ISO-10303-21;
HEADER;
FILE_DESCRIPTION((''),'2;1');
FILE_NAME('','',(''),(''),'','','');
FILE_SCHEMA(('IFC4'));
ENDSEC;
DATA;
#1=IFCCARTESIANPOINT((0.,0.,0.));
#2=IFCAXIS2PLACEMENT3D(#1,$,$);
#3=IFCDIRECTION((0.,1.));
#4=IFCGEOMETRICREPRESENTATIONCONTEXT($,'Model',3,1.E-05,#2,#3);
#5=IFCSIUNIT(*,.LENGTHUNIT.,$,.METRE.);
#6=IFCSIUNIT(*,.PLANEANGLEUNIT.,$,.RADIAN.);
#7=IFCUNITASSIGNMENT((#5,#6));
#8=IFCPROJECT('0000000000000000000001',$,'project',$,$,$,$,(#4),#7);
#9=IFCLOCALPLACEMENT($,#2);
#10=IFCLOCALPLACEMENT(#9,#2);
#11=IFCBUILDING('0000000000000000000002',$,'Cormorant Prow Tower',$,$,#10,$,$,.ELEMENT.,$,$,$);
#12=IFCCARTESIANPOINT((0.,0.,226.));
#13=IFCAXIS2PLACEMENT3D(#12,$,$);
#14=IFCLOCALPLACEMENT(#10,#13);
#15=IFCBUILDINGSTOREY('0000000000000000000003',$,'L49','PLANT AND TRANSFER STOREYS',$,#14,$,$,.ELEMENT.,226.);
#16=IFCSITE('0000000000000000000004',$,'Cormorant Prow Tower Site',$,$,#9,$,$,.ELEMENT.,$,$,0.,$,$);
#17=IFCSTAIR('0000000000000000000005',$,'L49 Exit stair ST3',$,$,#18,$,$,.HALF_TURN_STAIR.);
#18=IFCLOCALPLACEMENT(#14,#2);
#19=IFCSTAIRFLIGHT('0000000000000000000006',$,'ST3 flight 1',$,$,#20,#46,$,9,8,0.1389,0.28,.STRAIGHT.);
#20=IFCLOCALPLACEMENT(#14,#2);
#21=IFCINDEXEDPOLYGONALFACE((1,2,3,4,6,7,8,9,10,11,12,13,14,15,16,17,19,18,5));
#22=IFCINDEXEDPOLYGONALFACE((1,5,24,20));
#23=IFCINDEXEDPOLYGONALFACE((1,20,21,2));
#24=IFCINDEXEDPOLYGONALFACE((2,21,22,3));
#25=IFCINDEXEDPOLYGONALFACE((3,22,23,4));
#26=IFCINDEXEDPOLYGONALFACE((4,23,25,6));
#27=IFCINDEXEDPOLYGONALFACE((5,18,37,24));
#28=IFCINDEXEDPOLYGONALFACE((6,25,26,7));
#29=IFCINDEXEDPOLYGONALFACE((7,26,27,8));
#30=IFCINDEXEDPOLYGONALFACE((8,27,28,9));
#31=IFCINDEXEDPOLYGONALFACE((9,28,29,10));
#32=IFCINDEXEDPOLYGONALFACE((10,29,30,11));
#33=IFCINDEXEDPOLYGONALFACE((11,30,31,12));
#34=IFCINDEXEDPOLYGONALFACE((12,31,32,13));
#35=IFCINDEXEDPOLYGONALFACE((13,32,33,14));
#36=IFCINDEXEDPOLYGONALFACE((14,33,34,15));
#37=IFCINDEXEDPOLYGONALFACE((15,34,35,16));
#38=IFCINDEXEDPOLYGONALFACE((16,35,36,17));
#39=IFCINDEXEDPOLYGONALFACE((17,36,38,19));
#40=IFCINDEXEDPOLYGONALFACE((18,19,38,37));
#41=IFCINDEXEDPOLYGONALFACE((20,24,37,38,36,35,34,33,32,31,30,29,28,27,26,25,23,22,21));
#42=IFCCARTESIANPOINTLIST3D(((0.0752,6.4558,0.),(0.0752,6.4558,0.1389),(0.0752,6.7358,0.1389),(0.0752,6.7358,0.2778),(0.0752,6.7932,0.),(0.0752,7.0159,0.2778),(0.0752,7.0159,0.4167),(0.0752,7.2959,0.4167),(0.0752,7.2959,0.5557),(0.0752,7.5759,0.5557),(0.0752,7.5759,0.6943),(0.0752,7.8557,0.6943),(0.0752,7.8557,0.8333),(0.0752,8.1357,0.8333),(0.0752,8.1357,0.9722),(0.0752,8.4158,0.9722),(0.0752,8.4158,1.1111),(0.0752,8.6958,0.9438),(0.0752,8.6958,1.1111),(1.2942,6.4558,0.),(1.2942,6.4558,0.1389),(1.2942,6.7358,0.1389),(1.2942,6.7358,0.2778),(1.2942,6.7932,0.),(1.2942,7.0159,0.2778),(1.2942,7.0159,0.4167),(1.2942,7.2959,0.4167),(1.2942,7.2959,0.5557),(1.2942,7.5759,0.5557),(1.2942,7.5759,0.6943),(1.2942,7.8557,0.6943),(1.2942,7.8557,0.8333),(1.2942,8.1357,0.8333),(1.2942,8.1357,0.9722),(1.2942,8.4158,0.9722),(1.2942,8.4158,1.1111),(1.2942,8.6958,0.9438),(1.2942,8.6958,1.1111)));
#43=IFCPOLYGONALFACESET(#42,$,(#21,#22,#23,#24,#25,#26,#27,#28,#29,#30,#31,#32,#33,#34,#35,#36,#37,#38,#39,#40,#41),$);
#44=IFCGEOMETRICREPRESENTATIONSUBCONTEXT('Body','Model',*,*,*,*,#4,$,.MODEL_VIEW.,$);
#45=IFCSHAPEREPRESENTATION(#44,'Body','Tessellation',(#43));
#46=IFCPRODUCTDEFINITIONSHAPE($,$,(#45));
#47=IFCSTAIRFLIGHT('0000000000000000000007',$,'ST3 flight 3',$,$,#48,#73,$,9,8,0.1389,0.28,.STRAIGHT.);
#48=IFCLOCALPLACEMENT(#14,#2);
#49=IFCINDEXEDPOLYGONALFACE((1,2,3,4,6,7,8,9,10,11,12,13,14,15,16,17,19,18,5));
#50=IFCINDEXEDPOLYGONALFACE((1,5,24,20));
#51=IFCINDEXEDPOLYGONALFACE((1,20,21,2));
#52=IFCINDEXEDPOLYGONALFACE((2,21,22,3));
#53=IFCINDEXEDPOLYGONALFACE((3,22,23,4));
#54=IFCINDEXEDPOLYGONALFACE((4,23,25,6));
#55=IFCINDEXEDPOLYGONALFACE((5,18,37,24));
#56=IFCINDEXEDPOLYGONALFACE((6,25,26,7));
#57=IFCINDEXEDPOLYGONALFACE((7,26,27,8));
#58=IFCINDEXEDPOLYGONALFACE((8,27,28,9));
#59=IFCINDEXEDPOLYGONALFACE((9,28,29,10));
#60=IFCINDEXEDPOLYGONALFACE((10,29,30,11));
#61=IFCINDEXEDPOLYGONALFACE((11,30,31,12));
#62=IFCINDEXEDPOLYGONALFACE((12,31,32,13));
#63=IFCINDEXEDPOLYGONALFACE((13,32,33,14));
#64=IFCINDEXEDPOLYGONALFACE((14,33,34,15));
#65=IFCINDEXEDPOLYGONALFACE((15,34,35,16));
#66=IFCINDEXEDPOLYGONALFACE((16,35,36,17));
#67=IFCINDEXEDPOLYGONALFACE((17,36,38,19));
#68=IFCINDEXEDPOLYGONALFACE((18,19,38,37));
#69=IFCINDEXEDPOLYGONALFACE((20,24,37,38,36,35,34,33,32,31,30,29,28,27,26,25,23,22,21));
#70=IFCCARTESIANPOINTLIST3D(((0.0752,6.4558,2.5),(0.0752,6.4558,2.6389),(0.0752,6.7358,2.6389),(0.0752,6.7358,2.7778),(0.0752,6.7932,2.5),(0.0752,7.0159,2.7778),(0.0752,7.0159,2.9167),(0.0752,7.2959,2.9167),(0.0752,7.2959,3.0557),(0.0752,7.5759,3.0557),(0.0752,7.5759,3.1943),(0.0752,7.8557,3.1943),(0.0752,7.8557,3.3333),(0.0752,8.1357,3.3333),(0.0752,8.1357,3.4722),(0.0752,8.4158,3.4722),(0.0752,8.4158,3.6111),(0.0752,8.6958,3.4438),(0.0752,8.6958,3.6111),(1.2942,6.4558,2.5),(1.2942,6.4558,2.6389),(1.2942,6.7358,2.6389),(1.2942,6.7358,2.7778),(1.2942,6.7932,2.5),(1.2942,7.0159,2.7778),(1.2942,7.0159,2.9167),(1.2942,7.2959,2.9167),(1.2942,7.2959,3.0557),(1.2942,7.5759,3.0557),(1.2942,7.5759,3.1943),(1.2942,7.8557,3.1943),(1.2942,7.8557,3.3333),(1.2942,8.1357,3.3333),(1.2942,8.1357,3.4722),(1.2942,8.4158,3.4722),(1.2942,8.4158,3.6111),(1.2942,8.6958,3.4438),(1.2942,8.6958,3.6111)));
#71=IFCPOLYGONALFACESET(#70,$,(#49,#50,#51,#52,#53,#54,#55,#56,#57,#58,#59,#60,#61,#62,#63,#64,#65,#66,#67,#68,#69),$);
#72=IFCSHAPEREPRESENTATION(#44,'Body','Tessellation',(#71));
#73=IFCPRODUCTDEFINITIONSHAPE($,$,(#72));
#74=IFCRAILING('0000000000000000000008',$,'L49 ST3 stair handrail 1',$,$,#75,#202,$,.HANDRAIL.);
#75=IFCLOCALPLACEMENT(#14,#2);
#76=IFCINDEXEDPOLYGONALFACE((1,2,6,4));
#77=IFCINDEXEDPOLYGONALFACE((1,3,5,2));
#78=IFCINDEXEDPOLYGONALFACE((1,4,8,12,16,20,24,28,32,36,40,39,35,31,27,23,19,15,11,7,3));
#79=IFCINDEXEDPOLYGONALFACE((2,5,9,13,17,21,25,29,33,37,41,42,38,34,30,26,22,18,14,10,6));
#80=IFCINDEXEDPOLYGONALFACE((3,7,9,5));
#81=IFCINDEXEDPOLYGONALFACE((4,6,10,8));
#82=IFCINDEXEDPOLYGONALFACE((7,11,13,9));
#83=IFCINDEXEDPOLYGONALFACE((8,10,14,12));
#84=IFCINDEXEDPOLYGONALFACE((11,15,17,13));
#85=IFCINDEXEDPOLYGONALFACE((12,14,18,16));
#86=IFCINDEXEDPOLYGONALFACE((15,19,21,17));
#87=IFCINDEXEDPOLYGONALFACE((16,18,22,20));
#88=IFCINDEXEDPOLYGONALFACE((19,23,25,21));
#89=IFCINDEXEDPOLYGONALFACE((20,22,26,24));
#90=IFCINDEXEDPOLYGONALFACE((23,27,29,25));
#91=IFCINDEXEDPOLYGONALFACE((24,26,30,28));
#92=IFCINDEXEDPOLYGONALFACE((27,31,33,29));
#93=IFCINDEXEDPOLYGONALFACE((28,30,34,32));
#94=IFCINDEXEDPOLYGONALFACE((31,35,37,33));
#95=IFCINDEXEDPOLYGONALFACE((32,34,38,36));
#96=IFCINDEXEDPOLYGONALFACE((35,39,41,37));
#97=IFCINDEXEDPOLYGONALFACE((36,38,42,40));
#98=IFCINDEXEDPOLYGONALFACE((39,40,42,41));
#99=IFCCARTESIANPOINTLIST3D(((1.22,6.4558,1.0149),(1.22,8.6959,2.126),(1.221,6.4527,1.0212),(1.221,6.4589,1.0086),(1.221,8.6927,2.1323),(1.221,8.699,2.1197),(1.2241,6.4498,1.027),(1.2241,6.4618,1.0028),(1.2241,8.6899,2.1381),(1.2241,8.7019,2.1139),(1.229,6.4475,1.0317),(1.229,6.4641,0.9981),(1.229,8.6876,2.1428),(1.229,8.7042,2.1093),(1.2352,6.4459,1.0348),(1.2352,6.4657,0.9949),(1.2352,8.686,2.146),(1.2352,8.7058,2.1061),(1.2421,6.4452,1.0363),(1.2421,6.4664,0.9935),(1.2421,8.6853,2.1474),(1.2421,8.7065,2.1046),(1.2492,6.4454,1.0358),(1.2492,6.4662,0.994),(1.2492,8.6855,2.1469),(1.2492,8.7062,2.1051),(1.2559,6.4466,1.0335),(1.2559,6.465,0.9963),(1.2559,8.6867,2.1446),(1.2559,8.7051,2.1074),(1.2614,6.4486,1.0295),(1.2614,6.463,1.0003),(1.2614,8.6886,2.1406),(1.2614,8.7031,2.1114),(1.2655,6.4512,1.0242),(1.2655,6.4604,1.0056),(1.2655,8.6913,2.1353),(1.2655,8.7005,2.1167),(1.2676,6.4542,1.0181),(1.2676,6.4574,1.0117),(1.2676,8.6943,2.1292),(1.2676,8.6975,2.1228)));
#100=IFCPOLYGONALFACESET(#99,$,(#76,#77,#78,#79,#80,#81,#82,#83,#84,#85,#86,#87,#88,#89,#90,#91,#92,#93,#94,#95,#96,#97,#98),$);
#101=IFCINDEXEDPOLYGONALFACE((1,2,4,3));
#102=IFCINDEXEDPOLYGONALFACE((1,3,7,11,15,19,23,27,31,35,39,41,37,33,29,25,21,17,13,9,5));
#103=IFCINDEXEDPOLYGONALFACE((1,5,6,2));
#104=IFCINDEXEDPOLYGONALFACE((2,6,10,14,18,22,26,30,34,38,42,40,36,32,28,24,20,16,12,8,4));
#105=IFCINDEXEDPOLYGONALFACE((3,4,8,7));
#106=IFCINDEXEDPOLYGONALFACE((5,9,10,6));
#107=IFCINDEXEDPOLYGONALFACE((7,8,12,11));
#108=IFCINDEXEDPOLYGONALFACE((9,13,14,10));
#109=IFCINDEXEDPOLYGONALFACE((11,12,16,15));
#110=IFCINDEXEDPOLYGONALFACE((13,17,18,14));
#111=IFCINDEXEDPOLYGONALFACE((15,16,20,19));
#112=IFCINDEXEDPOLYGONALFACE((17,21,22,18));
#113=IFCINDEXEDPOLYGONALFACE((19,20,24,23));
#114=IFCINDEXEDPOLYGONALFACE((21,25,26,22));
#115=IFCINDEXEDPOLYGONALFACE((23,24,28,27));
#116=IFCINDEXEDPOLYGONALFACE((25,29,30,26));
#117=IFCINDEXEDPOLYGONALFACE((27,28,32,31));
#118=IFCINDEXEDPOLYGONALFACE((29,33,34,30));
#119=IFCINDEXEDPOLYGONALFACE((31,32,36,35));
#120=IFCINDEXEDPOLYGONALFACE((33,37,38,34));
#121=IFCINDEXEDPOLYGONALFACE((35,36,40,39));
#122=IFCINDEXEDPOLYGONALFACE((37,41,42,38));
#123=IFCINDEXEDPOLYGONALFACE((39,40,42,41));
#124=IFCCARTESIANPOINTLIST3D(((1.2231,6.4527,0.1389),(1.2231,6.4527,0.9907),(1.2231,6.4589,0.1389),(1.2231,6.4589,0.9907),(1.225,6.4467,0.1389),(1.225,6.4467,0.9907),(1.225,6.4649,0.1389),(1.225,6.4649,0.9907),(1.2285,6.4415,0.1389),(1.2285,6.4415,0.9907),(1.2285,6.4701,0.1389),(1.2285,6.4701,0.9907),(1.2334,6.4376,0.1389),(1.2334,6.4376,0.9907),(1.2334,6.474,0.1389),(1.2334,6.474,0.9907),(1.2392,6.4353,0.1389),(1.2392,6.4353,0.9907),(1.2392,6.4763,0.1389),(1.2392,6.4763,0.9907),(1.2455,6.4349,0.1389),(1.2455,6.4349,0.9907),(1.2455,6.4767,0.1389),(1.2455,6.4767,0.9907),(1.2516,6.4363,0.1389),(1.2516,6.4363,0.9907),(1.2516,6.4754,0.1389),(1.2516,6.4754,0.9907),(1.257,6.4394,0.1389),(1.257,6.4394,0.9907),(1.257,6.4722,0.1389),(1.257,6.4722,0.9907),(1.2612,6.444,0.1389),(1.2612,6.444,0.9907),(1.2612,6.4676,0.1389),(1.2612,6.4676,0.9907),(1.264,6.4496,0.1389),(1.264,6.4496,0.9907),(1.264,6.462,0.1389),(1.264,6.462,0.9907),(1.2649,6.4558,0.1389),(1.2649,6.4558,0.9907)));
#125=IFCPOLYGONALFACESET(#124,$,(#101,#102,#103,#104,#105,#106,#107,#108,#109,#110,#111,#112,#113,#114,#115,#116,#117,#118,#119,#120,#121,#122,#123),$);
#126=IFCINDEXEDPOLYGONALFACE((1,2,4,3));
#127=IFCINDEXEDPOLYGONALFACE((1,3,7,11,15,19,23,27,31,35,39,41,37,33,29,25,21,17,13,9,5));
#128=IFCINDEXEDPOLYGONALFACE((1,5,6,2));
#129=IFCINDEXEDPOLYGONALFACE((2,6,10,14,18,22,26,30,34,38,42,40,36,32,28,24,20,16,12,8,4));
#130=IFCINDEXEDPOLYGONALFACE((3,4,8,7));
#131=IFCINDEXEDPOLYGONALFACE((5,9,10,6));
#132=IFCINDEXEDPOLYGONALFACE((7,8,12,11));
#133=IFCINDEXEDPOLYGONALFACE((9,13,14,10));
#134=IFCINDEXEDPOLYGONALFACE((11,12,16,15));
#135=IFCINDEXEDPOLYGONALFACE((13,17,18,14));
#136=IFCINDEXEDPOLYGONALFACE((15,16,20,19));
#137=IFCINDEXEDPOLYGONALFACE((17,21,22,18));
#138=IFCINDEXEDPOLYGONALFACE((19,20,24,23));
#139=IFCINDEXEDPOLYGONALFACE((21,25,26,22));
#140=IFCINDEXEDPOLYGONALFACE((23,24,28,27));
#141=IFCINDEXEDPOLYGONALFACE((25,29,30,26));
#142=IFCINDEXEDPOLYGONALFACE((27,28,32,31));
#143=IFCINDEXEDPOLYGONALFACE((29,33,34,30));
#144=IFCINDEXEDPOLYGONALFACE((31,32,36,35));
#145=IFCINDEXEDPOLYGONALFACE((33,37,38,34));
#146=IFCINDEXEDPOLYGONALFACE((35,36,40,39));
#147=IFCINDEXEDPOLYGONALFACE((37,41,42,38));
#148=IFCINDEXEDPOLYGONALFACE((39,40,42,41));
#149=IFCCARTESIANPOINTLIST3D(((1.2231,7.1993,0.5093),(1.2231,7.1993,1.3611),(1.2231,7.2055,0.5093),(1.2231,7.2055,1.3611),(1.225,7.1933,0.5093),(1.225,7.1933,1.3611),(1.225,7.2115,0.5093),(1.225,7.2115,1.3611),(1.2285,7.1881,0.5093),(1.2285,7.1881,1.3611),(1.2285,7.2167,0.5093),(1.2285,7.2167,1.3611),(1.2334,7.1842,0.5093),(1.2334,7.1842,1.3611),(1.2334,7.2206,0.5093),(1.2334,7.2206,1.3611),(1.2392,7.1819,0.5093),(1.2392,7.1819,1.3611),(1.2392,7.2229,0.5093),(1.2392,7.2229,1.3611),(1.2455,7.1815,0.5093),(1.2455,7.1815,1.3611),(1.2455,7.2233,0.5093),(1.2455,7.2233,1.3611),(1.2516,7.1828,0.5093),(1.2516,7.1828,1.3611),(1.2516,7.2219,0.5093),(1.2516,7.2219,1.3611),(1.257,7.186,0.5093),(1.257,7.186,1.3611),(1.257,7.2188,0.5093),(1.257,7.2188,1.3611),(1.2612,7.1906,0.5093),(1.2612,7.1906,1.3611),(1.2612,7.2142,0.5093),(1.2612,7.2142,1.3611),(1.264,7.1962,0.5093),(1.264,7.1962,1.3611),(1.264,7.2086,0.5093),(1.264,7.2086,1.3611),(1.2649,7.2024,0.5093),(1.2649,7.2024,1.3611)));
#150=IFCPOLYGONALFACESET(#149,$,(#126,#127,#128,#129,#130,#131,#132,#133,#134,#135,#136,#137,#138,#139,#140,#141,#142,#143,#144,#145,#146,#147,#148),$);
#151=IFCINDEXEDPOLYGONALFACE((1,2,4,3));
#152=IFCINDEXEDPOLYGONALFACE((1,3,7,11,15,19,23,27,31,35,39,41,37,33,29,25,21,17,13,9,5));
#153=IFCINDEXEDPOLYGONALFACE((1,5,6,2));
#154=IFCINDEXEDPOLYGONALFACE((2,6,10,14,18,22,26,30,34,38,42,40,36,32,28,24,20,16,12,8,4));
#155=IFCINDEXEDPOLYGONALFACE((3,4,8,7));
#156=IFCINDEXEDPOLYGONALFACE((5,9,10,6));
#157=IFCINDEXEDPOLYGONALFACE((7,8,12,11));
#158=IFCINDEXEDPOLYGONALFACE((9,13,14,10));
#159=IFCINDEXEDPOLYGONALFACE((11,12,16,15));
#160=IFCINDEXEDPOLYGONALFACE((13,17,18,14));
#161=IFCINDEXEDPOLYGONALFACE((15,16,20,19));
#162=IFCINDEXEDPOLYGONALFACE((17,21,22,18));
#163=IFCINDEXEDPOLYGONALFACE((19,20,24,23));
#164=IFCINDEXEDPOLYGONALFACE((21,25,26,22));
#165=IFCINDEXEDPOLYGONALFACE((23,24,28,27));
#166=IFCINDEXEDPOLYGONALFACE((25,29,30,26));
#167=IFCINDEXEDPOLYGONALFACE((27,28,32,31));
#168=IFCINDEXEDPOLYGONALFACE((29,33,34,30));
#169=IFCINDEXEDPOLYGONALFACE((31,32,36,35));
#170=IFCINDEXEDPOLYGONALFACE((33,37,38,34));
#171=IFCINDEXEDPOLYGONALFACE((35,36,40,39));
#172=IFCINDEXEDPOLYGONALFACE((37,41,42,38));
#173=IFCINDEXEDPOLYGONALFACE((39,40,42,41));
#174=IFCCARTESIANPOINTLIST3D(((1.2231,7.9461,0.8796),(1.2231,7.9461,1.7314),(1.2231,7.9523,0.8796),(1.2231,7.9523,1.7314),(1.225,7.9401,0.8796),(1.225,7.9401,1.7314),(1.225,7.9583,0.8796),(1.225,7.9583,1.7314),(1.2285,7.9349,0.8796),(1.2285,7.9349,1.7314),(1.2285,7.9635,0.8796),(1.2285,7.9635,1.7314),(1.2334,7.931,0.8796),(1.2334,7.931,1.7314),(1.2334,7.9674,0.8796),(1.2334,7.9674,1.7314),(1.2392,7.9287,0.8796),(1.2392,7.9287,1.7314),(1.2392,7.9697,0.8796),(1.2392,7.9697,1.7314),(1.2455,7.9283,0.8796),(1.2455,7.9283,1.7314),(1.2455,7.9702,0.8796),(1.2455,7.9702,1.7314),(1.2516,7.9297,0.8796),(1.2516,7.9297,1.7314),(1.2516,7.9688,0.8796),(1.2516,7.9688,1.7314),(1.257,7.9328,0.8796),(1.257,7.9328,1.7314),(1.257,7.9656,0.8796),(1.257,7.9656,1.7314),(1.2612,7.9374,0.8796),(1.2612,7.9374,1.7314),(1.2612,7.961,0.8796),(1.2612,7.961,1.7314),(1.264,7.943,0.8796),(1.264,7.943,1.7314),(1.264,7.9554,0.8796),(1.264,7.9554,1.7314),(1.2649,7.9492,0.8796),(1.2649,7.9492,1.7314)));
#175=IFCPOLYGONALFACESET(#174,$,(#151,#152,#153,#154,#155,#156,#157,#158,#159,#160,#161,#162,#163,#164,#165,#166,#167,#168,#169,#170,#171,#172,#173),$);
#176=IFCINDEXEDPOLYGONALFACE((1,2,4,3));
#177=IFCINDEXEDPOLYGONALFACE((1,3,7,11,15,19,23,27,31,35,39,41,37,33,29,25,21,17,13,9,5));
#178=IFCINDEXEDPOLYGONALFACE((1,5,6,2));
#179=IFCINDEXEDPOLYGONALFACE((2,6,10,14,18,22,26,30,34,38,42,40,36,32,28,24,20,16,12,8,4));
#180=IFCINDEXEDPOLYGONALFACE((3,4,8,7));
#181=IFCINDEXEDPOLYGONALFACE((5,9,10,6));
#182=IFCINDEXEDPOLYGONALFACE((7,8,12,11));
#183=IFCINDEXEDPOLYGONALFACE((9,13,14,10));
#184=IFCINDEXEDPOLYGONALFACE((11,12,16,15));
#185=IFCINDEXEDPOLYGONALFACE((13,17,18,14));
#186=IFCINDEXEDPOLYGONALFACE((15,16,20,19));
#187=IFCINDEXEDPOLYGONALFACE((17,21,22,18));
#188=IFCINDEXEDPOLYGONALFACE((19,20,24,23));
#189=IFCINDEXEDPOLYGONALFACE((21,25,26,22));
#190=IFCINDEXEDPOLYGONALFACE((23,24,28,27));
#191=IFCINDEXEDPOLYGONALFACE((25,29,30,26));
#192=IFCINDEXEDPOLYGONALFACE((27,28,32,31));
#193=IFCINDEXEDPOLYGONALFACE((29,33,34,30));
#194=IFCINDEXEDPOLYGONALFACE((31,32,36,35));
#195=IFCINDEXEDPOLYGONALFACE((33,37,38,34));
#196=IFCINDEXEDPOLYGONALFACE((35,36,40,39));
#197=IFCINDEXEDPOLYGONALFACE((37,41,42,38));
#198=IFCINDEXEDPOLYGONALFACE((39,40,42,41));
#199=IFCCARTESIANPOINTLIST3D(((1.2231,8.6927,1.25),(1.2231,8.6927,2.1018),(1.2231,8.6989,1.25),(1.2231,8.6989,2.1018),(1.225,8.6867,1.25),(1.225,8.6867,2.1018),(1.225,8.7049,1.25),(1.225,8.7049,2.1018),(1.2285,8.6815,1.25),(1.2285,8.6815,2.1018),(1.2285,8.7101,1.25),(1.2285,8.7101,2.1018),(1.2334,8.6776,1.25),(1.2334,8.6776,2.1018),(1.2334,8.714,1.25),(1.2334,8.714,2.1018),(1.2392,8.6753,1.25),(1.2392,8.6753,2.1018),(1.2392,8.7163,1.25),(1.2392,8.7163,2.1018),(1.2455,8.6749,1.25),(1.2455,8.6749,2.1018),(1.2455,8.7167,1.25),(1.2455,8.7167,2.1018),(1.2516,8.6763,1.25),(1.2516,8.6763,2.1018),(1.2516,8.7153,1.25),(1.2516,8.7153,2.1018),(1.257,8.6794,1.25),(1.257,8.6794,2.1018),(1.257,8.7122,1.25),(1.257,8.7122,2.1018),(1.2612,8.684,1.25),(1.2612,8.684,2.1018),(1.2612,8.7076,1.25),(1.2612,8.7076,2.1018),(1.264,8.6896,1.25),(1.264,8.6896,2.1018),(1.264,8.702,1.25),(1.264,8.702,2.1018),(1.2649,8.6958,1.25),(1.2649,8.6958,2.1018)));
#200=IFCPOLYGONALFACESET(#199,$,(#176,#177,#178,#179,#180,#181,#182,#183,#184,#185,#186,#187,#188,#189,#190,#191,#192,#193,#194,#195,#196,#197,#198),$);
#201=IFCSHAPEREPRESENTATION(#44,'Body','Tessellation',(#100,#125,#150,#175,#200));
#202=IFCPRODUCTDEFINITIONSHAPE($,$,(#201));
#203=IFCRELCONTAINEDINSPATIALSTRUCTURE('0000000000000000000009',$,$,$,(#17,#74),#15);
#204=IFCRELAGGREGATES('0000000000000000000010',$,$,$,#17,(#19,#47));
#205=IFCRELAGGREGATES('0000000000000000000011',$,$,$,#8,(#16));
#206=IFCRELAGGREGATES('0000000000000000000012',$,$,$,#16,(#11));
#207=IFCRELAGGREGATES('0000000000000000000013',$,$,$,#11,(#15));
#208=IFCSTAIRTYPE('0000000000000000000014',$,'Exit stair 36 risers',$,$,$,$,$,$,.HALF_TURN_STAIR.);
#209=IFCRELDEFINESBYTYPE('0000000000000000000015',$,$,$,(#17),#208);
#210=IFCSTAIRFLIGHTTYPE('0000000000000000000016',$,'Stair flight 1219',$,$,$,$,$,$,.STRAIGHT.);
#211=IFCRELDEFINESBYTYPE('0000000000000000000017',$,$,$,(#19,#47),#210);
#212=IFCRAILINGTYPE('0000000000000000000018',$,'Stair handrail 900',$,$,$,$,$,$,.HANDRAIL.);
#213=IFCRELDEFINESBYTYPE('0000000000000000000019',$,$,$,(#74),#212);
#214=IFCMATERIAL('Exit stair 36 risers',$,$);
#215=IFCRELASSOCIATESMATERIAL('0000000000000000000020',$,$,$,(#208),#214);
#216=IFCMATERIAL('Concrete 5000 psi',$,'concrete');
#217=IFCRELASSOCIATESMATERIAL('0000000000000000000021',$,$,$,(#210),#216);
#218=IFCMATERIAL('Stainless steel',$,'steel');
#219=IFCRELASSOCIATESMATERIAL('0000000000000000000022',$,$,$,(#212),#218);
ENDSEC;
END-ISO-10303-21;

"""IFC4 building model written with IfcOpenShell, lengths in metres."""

from ifc_helpers import new_model, si_unit, direction, frame, origin, origin_2d, place, context, subcontext, project, spatial, polyline, circle, outline, extrude, material, type_object, element, aggregate, save


model = new_model("IFC4")

# Units and contexts
model_context = context("Model", 3, precision=1e-05, world=origin(), true_north=direction((0.0, 1.0)))
body_context = subcontext(model_context, "Body", "Model", "MODEL_VIEW")
ifc_project = project(units=[si_unit("LENGTHUNIT", "METRE"), si_unit("PLANEANGLEUNIT", "RADIAN")], contexts=[model_context])

# Site, building, storey
site_placement = place(None, origin())
site = spatial("IfcSite", under=ifc_project, at=site_placement, Name="Cormorant Prow Tower Site", CompositionType="ELEMENT", RefElevation=0.0)
building_placement = place(site_placement, origin())
building = spatial("IfcBuilding", under=site, at=building_placement, Name="Cormorant Prow Tower", CompositionType="ELEMENT")
storey_placement = place(building_placement, frame((0.0, 0.0, 226.0)))
storey = spatial("IfcBuildingStorey", under=building, at=storey_placement, Name="L49", Description="PLANT AND TRANSFER STOREYS", CompositionType="ELEMENT", Elevation=226.0)

# Stair
ifc_material_1 = material(Name="Exit stair 36 risers")
stair_type = type_object("IfcStairType", Name="Exit stair 36 risers", PredefinedType="HALF_TURN_STAIR", material=ifc_material_1)
stair_1_placement = place(storey_placement, origin())
stair_1 = element("IfcStair", 1, at=stair_1_placement, inside=storey, type_object=stair_type, Name="L49 Exit stair ST3", PredefinedType="HALF_TURN_STAIR")

# Stair flights
ifc_material_2 = material(Name="Concrete 5000 psi", Category="concrete")
stair_flight_type = type_object("IfcStairFlightType", Name="Stair flight 1219", PredefinedType="STRAIGHT", material=ifc_material_2)
stair_flight_1_placement = place(storey_placement, frame((0.6846, 6.4558, 0.0), z_axis=(0.0, 0.0, 1.0), x_axis=(0.0, 1.0, 0.0)))
stair_flight_1 = element("IfcStairFlight", 2, at=stair_flight_1_placement, type_object=stair_flight_type, Name="ST3 flight 1", NumberOfRisers=9, NumberOfTreads=8, PredefinedType="STRAIGHT", RiserHeight=0.1389, TreadLength=0.28, context=body_context, shape_type="SweptSolid", body=[
    extrude(outline(polyline([(0.0, 0.0), (0.0, 0.1389), (0.28, 0.1389), (0.28, 0.2778), (0.5601, 0.2778), (0.5601, 0.4167), (0.8401, 0.4167), (0.8401, 0.5557), (1.1201, 0.5557), (1.1201, 0.6943), (1.3999, 0.6943), (1.3999, 0.8333), (1.6799, 0.8333), (1.6799, 0.9722), (1.96, 0.9722), (1.96, 1.1111), (2.24, 1.1111), (2.24, 1.25), (2.24, 0.9438), (0.3374, 0.0), (0.0, 0.0)])), frame((0.0, 0.6094, 0.0), z_axis=(0.0, -1.0, 0.0), x_axis=(1.0, 0.0, 0.0)), (0.0, 0.0, 1.0), 1.219),
])
stair_flight_2_placement = place(storey_placement, frame((0.6846, 6.4558, 2.5), z_axis=(0.0, 0.0, 1.0), x_axis=(0.0, 1.0, 0.0)))
stair_flight_2 = element("IfcStairFlight", 3, at=stair_flight_2_placement, type_object=stair_flight_type, Name="ST3 flight 3", NumberOfRisers=9, NumberOfTreads=8, PredefinedType="STRAIGHT", RiserHeight=0.1389, TreadLength=0.28, context=body_context, shape_type="SweptSolid", body=[
    extrude(outline(polyline([(0.0, 0.0), (0.0, 0.1389), (0.28, 0.1389), (0.28, 0.2778), (0.5601, 0.2778), (0.5601, 0.4167), (0.8401, 0.4167), (0.8401, 0.5557), (1.1201, 0.5557), (1.1201, 0.6943), (1.3999, 0.6943), (1.3999, 0.8333), (1.6799, 0.8333), (1.6799, 0.9722), (1.96, 0.9722), (1.96, 1.1111), (2.24, 1.1111), (2.24, 1.25), (2.24, 0.9438), (0.3374, 0.0), (0.0, 0.0)])), frame((0.0, 0.6094, 0.0), z_axis=(0.0, -1.0, 0.0), x_axis=(1.0, 0.0, 0.0)), (0.0, 0.0, 1.0), 1.219),
])
aggregate(stair_1, [stair_flight_1, stair_flight_2])

# Railing
ifc_material_3 = material(Name="Stainless steel", Category="steel")
railing_type_1 = type_object("IfcRailingType", Name="Stair handrail 900", PredefinedType="HANDRAIL", material=ifc_material_3)
railing_1_placement = place(storey_placement, frame((1.2439, 6.4558, 0.1389)))
element("IfcRailing", 4, at=railing_1_placement, inside=storey, type_object=railing_type_1, Name="L49 ST3 stair handrail 1", PredefinedType="HANDRAIL", context=body_context, shape_type="SweptSolid", body=[
    extrude(circle(Radius=0.0239, at=origin_2d()), frame((0.0, 0.0, 0.876), z_axis=(0.0, 0.895848, 0.44436), x_axis=(-1.0, 0.0, 0.0)), (0.0, 0.0, 1.0), 2.5005),
    extrude(circle(Radius=0.021, at=origin_2d()), origin(), (0.0, 0.0, 1.0), 0.8518),
    extrude(circle(Radius=0.021, at=origin_2d()), frame((0.0, 0.7466, 0.3704)), (0.0, 0.0, 1.0), 0.8518),
    extrude(circle(Radius=0.021, at=origin_2d()), frame((0.0, 1.4934, 0.7407)), (0.0, 0.0, 1.0), 0.8518),
    extrude(circle(Radius=0.021, at=origin_2d()), frame((0.0, 2.24, 1.1111)), (0.0, 0.0, 1.0), 0.8518),
])

save(model, "model.ifc")
